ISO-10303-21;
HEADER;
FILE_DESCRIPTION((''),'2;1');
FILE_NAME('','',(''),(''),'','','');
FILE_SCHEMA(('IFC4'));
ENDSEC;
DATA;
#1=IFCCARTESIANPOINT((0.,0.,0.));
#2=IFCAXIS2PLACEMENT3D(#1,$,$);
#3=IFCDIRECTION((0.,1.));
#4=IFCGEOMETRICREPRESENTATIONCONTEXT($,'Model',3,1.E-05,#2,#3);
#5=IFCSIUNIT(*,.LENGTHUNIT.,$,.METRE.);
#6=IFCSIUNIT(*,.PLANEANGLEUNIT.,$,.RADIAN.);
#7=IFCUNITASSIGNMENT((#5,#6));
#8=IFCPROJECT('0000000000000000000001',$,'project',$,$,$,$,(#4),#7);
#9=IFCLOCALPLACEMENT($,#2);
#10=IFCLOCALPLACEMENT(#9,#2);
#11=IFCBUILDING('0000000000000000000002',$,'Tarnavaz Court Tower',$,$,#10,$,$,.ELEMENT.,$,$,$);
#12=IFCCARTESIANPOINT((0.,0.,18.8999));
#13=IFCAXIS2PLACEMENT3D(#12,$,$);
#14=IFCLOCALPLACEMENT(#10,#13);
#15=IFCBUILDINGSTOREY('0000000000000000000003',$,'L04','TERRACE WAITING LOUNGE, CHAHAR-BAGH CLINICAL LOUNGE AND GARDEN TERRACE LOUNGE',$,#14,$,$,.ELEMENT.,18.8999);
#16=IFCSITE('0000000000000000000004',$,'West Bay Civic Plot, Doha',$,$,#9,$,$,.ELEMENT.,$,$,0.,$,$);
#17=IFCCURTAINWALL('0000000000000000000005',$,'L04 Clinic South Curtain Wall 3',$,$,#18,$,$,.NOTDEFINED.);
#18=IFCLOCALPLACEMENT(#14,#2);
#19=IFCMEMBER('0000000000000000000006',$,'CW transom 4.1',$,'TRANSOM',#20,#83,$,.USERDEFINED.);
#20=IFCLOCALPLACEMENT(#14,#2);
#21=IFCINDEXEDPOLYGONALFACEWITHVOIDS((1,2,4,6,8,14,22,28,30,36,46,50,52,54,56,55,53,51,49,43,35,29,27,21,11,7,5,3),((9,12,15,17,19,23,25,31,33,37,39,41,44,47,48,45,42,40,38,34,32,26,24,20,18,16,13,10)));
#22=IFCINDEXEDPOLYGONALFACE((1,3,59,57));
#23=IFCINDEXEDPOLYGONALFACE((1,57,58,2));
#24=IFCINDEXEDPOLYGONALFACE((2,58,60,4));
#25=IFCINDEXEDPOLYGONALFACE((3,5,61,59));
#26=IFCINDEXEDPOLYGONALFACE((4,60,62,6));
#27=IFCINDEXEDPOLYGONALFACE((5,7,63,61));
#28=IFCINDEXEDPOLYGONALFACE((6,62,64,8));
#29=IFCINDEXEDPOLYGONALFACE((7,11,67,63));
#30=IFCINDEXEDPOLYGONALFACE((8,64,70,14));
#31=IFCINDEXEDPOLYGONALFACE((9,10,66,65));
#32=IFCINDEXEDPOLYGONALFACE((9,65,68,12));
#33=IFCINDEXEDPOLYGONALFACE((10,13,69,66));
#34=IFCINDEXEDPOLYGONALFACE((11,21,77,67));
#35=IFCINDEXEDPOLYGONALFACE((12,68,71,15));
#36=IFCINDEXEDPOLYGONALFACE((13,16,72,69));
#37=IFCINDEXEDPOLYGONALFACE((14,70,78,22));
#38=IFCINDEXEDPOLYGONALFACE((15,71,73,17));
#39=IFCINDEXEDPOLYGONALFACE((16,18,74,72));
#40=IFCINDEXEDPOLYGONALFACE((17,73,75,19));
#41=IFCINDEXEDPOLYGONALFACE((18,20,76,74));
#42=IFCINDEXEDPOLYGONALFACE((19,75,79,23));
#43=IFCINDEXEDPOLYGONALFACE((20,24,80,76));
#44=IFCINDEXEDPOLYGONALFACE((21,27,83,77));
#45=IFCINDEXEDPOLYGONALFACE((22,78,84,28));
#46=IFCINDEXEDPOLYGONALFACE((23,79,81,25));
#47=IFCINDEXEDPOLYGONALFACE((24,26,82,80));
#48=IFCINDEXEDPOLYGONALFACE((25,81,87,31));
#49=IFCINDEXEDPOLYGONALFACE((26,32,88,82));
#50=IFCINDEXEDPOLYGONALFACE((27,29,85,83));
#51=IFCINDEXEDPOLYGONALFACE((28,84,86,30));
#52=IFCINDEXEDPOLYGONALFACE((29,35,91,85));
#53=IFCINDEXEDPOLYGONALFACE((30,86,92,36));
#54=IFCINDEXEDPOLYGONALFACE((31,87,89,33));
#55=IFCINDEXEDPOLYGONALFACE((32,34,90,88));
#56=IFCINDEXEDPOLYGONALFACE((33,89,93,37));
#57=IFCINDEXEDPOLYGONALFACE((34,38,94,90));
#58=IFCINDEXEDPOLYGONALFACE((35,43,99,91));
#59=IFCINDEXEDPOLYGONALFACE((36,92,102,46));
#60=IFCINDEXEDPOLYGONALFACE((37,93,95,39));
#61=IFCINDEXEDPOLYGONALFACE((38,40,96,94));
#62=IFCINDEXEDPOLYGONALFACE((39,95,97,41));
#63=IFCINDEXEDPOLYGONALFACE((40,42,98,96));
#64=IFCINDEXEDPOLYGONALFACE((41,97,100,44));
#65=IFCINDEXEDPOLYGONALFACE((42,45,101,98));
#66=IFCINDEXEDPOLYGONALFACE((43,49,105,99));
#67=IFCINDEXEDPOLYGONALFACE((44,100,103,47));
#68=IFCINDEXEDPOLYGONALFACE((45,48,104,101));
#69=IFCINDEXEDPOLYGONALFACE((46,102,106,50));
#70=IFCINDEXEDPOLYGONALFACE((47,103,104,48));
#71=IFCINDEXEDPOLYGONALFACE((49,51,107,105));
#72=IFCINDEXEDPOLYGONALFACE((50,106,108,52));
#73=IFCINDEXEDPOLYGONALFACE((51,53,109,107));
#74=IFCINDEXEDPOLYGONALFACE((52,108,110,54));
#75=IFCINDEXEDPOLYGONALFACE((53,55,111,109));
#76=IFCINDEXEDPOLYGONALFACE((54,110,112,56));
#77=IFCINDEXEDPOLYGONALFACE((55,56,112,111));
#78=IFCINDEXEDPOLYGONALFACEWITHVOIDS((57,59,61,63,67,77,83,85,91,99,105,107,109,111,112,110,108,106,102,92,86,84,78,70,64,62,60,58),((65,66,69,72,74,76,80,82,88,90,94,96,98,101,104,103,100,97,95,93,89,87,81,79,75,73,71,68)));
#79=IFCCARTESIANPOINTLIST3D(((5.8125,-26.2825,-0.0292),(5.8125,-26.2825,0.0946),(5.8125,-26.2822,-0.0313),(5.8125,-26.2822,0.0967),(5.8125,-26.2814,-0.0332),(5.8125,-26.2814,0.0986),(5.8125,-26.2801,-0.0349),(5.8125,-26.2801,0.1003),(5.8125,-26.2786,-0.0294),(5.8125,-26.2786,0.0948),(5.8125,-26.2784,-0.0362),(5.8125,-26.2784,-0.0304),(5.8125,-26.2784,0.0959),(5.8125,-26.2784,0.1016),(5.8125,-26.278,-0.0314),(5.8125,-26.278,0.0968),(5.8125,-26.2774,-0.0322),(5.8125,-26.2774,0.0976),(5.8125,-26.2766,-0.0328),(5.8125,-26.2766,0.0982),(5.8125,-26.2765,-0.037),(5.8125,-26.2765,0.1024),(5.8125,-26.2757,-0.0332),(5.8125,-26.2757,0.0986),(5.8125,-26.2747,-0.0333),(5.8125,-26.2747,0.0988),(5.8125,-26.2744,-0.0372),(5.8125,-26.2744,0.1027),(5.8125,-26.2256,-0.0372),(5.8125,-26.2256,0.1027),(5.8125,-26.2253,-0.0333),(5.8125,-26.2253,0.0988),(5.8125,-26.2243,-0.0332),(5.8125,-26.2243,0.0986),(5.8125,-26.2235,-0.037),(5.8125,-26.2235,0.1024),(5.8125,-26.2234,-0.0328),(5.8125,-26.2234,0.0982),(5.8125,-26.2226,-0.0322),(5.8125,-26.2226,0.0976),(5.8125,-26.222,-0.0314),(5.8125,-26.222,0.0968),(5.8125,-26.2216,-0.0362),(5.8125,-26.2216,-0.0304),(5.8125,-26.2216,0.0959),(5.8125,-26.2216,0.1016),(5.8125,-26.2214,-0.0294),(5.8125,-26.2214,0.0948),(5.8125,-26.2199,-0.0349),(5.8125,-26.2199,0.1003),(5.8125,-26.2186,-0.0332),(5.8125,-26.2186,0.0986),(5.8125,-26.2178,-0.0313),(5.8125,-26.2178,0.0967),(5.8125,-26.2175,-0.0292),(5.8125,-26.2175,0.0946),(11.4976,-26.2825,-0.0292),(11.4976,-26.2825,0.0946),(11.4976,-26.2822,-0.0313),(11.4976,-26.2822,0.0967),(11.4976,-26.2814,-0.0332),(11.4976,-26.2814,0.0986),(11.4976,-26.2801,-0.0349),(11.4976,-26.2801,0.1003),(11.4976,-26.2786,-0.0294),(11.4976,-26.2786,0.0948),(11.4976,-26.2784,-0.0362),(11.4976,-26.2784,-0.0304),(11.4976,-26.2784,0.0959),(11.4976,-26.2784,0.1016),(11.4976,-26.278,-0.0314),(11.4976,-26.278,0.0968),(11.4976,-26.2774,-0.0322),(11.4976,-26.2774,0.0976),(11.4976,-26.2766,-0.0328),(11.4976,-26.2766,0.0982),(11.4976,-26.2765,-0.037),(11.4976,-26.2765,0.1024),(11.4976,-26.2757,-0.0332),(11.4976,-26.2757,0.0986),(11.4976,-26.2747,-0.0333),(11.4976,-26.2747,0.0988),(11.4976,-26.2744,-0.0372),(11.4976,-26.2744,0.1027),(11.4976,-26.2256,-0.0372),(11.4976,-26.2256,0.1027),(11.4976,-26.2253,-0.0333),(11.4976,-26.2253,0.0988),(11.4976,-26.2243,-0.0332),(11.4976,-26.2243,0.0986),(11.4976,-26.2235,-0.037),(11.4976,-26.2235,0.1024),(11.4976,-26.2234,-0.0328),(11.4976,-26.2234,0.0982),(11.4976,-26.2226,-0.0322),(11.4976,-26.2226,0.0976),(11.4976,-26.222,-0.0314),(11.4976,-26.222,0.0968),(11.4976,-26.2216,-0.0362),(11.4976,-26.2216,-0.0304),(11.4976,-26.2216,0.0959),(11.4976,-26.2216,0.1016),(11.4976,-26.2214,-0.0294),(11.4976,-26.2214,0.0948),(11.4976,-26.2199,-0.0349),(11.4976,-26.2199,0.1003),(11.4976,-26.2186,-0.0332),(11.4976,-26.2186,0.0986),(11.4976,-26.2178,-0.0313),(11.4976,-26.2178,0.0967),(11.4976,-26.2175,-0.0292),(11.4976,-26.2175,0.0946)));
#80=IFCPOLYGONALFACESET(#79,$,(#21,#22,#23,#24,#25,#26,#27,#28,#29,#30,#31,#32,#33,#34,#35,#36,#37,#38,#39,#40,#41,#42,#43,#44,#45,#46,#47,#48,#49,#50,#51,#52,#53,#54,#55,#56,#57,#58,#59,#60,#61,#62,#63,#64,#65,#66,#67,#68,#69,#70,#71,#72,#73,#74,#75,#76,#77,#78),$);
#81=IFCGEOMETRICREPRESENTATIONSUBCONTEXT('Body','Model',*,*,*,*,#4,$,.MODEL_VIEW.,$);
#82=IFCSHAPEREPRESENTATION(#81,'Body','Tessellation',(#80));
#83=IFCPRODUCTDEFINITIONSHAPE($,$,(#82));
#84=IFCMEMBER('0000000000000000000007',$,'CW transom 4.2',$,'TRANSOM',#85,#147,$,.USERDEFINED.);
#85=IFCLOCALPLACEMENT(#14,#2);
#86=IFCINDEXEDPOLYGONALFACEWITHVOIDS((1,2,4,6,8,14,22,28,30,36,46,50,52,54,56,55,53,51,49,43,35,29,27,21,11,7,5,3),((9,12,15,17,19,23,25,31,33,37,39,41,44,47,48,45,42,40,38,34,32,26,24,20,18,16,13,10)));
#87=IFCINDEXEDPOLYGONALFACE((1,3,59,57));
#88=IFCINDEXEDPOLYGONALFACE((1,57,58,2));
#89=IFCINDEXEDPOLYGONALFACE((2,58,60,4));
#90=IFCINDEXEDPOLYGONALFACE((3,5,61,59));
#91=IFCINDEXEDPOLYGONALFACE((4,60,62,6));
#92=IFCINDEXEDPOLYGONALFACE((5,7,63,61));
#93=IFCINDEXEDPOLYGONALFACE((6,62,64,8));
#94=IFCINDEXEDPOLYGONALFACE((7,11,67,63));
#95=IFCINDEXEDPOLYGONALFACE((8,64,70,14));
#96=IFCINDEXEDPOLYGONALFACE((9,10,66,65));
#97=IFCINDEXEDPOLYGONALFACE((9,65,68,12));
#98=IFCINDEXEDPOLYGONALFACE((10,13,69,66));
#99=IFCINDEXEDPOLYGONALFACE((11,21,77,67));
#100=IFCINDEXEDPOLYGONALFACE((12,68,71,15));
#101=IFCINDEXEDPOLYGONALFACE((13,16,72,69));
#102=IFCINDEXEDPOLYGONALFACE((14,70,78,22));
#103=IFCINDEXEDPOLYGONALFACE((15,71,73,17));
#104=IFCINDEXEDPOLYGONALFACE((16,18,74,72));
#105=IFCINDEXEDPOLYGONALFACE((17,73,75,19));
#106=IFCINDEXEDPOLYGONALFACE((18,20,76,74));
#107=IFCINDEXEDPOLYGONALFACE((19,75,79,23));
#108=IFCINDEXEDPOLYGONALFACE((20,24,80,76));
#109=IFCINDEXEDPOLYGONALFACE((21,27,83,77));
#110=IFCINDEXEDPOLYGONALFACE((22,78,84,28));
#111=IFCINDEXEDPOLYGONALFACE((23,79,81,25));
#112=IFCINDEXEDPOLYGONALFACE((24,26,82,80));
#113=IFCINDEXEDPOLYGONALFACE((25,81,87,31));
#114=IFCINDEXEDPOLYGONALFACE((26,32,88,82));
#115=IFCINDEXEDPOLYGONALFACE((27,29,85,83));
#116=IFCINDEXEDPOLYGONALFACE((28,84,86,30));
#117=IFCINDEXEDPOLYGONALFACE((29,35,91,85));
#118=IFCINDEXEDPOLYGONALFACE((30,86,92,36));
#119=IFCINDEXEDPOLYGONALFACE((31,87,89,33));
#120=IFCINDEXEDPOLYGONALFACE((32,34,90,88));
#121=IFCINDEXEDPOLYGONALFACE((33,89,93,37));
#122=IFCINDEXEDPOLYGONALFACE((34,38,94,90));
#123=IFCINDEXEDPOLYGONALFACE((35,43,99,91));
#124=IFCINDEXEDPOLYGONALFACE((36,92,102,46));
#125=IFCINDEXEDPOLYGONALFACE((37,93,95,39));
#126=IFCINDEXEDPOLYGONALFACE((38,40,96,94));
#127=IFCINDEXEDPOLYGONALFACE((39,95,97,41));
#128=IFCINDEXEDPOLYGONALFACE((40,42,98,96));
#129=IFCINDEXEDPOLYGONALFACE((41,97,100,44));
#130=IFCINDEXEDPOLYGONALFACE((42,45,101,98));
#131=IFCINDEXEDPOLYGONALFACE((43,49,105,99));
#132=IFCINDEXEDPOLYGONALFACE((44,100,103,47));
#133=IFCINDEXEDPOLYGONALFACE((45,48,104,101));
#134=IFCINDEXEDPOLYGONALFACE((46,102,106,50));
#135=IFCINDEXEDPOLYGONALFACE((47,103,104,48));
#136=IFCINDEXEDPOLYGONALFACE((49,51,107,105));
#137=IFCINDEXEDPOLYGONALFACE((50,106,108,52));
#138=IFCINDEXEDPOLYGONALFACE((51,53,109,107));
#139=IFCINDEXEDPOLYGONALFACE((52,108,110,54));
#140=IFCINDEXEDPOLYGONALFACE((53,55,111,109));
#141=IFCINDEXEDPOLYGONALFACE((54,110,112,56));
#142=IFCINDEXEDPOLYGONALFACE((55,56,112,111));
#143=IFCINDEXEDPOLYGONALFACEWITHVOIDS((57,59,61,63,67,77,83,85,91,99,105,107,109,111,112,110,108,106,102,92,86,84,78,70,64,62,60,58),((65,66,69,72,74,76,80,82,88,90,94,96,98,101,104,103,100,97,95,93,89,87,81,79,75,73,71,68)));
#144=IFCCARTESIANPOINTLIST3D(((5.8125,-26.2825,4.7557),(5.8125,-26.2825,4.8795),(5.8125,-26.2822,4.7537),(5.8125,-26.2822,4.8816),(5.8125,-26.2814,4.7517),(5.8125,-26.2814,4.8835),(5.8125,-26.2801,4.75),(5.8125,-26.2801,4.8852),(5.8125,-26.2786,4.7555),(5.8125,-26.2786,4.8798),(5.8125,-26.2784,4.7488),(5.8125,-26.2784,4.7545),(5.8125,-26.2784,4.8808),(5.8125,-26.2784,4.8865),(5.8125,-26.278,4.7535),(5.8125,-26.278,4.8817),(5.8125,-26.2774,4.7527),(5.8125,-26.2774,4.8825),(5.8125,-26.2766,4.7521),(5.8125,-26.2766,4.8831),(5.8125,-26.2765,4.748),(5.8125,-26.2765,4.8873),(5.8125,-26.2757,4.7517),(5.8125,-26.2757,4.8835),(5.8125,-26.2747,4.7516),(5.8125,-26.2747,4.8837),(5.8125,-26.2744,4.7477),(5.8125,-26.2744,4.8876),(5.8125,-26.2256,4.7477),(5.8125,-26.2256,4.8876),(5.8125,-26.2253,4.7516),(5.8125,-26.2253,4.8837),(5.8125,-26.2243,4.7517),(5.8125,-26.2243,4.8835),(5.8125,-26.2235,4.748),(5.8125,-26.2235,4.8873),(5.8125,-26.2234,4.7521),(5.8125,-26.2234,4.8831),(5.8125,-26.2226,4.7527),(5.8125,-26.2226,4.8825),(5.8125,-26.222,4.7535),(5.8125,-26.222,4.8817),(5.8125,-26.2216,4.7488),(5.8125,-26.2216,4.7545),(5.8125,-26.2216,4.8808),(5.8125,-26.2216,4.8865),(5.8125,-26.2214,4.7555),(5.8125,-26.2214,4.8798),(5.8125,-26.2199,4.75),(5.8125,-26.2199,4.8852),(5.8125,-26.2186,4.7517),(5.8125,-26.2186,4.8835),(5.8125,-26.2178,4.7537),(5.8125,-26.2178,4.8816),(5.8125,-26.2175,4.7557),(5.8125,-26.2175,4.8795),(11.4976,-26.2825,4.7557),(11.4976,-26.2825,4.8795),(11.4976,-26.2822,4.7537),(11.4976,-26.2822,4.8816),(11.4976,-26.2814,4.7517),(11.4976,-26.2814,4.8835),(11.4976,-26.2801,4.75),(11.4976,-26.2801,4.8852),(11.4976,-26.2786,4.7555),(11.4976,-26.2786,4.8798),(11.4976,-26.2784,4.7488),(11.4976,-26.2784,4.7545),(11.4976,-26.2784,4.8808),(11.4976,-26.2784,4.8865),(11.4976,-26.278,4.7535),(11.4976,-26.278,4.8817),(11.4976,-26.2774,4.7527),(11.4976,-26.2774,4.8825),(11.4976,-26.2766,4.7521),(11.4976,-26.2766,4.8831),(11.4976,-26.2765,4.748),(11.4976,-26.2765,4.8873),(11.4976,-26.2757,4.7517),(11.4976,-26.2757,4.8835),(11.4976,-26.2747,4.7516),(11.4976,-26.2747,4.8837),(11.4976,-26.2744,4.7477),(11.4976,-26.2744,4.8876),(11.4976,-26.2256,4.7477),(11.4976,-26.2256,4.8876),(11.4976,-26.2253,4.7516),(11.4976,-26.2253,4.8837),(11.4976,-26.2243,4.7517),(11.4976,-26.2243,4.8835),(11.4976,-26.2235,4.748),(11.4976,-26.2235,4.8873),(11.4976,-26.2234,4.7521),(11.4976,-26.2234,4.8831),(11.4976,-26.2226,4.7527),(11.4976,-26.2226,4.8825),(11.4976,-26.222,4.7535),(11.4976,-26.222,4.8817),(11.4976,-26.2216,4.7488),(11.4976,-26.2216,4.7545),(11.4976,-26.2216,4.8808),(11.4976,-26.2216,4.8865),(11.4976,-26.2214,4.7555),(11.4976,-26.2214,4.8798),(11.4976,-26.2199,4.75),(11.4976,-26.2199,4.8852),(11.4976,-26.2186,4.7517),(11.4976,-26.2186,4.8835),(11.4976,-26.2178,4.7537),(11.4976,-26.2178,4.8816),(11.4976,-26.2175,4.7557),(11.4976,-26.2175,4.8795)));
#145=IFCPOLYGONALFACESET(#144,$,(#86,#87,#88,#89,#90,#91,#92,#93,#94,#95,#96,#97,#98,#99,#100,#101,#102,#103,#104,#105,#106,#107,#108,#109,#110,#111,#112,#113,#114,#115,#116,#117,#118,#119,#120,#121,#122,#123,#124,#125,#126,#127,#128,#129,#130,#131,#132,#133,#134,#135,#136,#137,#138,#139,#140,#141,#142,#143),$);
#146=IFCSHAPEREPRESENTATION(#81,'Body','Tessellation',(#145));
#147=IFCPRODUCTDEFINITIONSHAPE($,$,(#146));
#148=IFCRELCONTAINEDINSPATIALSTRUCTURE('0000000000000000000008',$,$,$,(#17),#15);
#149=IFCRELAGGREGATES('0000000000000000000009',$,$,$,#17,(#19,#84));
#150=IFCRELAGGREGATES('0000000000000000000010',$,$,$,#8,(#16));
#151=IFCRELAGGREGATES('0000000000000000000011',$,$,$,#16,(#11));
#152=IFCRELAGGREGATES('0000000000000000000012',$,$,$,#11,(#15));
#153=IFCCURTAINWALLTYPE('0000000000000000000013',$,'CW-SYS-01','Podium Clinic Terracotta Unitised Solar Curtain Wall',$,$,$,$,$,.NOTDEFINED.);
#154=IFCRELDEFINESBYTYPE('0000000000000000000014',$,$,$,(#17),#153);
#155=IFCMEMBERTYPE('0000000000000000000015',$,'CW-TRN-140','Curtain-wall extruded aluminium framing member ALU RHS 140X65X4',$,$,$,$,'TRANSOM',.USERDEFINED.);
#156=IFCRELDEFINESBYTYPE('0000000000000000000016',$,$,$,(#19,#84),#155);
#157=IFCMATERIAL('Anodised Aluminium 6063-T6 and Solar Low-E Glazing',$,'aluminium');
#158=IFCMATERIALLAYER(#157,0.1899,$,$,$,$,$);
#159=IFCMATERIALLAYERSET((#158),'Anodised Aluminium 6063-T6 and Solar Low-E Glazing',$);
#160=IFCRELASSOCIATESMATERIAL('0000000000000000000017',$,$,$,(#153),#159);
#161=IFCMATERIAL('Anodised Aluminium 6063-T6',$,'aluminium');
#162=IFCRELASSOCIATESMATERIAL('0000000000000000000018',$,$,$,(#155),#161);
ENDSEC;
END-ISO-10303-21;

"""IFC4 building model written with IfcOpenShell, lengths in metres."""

from ifc_helpers import new_model, si_unit, direction, frame, origin, origin_2d, place, context, subcontext, project, spatial, hollow_rectangle, extrude, material, layer, layer_set, material_profile, profile_set, type_object, element, aggregate, save


model = new_model("IFC4")

# Units and contexts
model_context = context("Model", 3, precision=1e-05, world=origin(), true_north=direction((0.0, 1.0)))
body_context = subcontext(model_context, "Body", "Model", "MODEL_VIEW")
ifc_project = project(units=[si_unit("LENGTHUNIT", "METRE"), si_unit("PLANEANGLEUNIT", "RADIAN")], contexts=[model_context])

# Site, building, storey
site_placement = place(None, origin())
site = spatial("IfcSite", under=ifc_project, at=site_placement, Name="West Bay Civic Plot, Doha", CompositionType="ELEMENT", RefElevation=0.0)
building_placement = place(site_placement, origin())
building = spatial("IfcBuilding", under=site, at=building_placement, Name="Tarnavaz Court Tower", CompositionType="ELEMENT")
storey_placement = place(building_placement, frame((0.0, 0.0, 18.8999)))
storey = spatial("IfcBuildingStorey", under=building, at=storey_placement, Name="L04", Description="TERRACE WAITING LOUNGE, CHAHAR-BAGH CLINICAL LOUNGE AND GARDEN TERRACE LOUNGE", CompositionType="ELEMENT", Elevation=18.8999)

# Curtain wall, members
ifc_material_1 = material(Name="Anodised Aluminium 6063-T6 and Solar Low-E Glazing", Category="aluminium")
ifc_layer_1 = layer(ifc_material_1, 0.1899)
ifc_layer_set_1 = layer_set([ifc_layer_1], Name="Anodised Aluminium 6063-T6 and Solar Low-E Glazing")
curtain_wall_type = type_object("IfcCurtainWallType", Name="CW-SYS-01", Description="Podium Clinic Terracotta Unitised Solar Curtain Wall", PredefinedType="NOTDEFINED", material=ifc_layer_set_1)
curtain_wall_placement = place(storey_placement, origin())
curtain_wall = element("IfcCurtainWall", 1, at=curtain_wall_placement, inside=storey, type_object=curtain_wall_type, Name="L04 Clinic South Curtain Wall 3", PredefinedType="NOTDEFINED")
ifc_material_2 = material(Name="Anodised Aluminium 6063-T6", Category="aluminium")
ifc_material_profile_1 = material_profile(ifc_material_2, hollow_rectangle(XDim=0.0649, YDim=0.1399, WallThickness=0.0039, InnerFilletRadius=0.0039, OuterFilletRadius=0.0081, at=origin_2d()), Name="ALU RHS 140X65X4")
ifc_profile_set_1 = profile_set([ifc_material_profile_1], Name="Anodised Aluminium 6063-T6")
member_type_1 = type_object("IfcMemberType", Name="CW-TRN-140", Description="Curtain-wall extruded aluminium framing member ALU RHS 140X65X4", ElementType="TRANSOM", PredefinedType="USERDEFINED", material=ifc_profile_set_1)
member_1_placement = place(storey_placement, frame((11.4976, -26.25, 0.0327), z_axis=(-1.0, 0.0, 0.0), x_axis=(0.0, -1.0, 0.0)))
member_1 = element("IfcMember", 2, at=member_1_placement, type_object=member_type_1, Name="CW transom 4.1", ObjectType="TRANSOM", PredefinedType="USERDEFINED", context=body_context, shape_type="SweptSolid", body=[
    extrude(hollow_rectangle(XDim=0.0649, YDim=0.1399, WallThickness=0.0039, InnerFilletRadius=0.0039, OuterFilletRadius=0.0081, at=origin_2d()), origin(), (0.0, 0.0, 1.0), 5.6851),
])
member_2_placement = place(storey_placement, frame((11.4976, -26.25, 4.8176), z_axis=(-1.0, 0.0, 0.0), x_axis=(0.0, -1.0, 0.0)))
member_2 = element("IfcMember", 3, at=member_2_placement, type_object=member_type_1, Name="CW transom 4.2", ObjectType="TRANSOM", PredefinedType="USERDEFINED", context=body_context, shape_type="SweptSolid", body=[
    extrude(hollow_rectangle(XDim=0.0649, YDim=0.1399, WallThickness=0.0039, InnerFilletRadius=0.0039, OuterFilletRadius=0.0081, at=origin_2d()), origin(), (0.0, 0.0, 1.0), 5.6851),
])
aggregate(curtain_wall, [member_1, member_2])

save(model, "model.ifc")
